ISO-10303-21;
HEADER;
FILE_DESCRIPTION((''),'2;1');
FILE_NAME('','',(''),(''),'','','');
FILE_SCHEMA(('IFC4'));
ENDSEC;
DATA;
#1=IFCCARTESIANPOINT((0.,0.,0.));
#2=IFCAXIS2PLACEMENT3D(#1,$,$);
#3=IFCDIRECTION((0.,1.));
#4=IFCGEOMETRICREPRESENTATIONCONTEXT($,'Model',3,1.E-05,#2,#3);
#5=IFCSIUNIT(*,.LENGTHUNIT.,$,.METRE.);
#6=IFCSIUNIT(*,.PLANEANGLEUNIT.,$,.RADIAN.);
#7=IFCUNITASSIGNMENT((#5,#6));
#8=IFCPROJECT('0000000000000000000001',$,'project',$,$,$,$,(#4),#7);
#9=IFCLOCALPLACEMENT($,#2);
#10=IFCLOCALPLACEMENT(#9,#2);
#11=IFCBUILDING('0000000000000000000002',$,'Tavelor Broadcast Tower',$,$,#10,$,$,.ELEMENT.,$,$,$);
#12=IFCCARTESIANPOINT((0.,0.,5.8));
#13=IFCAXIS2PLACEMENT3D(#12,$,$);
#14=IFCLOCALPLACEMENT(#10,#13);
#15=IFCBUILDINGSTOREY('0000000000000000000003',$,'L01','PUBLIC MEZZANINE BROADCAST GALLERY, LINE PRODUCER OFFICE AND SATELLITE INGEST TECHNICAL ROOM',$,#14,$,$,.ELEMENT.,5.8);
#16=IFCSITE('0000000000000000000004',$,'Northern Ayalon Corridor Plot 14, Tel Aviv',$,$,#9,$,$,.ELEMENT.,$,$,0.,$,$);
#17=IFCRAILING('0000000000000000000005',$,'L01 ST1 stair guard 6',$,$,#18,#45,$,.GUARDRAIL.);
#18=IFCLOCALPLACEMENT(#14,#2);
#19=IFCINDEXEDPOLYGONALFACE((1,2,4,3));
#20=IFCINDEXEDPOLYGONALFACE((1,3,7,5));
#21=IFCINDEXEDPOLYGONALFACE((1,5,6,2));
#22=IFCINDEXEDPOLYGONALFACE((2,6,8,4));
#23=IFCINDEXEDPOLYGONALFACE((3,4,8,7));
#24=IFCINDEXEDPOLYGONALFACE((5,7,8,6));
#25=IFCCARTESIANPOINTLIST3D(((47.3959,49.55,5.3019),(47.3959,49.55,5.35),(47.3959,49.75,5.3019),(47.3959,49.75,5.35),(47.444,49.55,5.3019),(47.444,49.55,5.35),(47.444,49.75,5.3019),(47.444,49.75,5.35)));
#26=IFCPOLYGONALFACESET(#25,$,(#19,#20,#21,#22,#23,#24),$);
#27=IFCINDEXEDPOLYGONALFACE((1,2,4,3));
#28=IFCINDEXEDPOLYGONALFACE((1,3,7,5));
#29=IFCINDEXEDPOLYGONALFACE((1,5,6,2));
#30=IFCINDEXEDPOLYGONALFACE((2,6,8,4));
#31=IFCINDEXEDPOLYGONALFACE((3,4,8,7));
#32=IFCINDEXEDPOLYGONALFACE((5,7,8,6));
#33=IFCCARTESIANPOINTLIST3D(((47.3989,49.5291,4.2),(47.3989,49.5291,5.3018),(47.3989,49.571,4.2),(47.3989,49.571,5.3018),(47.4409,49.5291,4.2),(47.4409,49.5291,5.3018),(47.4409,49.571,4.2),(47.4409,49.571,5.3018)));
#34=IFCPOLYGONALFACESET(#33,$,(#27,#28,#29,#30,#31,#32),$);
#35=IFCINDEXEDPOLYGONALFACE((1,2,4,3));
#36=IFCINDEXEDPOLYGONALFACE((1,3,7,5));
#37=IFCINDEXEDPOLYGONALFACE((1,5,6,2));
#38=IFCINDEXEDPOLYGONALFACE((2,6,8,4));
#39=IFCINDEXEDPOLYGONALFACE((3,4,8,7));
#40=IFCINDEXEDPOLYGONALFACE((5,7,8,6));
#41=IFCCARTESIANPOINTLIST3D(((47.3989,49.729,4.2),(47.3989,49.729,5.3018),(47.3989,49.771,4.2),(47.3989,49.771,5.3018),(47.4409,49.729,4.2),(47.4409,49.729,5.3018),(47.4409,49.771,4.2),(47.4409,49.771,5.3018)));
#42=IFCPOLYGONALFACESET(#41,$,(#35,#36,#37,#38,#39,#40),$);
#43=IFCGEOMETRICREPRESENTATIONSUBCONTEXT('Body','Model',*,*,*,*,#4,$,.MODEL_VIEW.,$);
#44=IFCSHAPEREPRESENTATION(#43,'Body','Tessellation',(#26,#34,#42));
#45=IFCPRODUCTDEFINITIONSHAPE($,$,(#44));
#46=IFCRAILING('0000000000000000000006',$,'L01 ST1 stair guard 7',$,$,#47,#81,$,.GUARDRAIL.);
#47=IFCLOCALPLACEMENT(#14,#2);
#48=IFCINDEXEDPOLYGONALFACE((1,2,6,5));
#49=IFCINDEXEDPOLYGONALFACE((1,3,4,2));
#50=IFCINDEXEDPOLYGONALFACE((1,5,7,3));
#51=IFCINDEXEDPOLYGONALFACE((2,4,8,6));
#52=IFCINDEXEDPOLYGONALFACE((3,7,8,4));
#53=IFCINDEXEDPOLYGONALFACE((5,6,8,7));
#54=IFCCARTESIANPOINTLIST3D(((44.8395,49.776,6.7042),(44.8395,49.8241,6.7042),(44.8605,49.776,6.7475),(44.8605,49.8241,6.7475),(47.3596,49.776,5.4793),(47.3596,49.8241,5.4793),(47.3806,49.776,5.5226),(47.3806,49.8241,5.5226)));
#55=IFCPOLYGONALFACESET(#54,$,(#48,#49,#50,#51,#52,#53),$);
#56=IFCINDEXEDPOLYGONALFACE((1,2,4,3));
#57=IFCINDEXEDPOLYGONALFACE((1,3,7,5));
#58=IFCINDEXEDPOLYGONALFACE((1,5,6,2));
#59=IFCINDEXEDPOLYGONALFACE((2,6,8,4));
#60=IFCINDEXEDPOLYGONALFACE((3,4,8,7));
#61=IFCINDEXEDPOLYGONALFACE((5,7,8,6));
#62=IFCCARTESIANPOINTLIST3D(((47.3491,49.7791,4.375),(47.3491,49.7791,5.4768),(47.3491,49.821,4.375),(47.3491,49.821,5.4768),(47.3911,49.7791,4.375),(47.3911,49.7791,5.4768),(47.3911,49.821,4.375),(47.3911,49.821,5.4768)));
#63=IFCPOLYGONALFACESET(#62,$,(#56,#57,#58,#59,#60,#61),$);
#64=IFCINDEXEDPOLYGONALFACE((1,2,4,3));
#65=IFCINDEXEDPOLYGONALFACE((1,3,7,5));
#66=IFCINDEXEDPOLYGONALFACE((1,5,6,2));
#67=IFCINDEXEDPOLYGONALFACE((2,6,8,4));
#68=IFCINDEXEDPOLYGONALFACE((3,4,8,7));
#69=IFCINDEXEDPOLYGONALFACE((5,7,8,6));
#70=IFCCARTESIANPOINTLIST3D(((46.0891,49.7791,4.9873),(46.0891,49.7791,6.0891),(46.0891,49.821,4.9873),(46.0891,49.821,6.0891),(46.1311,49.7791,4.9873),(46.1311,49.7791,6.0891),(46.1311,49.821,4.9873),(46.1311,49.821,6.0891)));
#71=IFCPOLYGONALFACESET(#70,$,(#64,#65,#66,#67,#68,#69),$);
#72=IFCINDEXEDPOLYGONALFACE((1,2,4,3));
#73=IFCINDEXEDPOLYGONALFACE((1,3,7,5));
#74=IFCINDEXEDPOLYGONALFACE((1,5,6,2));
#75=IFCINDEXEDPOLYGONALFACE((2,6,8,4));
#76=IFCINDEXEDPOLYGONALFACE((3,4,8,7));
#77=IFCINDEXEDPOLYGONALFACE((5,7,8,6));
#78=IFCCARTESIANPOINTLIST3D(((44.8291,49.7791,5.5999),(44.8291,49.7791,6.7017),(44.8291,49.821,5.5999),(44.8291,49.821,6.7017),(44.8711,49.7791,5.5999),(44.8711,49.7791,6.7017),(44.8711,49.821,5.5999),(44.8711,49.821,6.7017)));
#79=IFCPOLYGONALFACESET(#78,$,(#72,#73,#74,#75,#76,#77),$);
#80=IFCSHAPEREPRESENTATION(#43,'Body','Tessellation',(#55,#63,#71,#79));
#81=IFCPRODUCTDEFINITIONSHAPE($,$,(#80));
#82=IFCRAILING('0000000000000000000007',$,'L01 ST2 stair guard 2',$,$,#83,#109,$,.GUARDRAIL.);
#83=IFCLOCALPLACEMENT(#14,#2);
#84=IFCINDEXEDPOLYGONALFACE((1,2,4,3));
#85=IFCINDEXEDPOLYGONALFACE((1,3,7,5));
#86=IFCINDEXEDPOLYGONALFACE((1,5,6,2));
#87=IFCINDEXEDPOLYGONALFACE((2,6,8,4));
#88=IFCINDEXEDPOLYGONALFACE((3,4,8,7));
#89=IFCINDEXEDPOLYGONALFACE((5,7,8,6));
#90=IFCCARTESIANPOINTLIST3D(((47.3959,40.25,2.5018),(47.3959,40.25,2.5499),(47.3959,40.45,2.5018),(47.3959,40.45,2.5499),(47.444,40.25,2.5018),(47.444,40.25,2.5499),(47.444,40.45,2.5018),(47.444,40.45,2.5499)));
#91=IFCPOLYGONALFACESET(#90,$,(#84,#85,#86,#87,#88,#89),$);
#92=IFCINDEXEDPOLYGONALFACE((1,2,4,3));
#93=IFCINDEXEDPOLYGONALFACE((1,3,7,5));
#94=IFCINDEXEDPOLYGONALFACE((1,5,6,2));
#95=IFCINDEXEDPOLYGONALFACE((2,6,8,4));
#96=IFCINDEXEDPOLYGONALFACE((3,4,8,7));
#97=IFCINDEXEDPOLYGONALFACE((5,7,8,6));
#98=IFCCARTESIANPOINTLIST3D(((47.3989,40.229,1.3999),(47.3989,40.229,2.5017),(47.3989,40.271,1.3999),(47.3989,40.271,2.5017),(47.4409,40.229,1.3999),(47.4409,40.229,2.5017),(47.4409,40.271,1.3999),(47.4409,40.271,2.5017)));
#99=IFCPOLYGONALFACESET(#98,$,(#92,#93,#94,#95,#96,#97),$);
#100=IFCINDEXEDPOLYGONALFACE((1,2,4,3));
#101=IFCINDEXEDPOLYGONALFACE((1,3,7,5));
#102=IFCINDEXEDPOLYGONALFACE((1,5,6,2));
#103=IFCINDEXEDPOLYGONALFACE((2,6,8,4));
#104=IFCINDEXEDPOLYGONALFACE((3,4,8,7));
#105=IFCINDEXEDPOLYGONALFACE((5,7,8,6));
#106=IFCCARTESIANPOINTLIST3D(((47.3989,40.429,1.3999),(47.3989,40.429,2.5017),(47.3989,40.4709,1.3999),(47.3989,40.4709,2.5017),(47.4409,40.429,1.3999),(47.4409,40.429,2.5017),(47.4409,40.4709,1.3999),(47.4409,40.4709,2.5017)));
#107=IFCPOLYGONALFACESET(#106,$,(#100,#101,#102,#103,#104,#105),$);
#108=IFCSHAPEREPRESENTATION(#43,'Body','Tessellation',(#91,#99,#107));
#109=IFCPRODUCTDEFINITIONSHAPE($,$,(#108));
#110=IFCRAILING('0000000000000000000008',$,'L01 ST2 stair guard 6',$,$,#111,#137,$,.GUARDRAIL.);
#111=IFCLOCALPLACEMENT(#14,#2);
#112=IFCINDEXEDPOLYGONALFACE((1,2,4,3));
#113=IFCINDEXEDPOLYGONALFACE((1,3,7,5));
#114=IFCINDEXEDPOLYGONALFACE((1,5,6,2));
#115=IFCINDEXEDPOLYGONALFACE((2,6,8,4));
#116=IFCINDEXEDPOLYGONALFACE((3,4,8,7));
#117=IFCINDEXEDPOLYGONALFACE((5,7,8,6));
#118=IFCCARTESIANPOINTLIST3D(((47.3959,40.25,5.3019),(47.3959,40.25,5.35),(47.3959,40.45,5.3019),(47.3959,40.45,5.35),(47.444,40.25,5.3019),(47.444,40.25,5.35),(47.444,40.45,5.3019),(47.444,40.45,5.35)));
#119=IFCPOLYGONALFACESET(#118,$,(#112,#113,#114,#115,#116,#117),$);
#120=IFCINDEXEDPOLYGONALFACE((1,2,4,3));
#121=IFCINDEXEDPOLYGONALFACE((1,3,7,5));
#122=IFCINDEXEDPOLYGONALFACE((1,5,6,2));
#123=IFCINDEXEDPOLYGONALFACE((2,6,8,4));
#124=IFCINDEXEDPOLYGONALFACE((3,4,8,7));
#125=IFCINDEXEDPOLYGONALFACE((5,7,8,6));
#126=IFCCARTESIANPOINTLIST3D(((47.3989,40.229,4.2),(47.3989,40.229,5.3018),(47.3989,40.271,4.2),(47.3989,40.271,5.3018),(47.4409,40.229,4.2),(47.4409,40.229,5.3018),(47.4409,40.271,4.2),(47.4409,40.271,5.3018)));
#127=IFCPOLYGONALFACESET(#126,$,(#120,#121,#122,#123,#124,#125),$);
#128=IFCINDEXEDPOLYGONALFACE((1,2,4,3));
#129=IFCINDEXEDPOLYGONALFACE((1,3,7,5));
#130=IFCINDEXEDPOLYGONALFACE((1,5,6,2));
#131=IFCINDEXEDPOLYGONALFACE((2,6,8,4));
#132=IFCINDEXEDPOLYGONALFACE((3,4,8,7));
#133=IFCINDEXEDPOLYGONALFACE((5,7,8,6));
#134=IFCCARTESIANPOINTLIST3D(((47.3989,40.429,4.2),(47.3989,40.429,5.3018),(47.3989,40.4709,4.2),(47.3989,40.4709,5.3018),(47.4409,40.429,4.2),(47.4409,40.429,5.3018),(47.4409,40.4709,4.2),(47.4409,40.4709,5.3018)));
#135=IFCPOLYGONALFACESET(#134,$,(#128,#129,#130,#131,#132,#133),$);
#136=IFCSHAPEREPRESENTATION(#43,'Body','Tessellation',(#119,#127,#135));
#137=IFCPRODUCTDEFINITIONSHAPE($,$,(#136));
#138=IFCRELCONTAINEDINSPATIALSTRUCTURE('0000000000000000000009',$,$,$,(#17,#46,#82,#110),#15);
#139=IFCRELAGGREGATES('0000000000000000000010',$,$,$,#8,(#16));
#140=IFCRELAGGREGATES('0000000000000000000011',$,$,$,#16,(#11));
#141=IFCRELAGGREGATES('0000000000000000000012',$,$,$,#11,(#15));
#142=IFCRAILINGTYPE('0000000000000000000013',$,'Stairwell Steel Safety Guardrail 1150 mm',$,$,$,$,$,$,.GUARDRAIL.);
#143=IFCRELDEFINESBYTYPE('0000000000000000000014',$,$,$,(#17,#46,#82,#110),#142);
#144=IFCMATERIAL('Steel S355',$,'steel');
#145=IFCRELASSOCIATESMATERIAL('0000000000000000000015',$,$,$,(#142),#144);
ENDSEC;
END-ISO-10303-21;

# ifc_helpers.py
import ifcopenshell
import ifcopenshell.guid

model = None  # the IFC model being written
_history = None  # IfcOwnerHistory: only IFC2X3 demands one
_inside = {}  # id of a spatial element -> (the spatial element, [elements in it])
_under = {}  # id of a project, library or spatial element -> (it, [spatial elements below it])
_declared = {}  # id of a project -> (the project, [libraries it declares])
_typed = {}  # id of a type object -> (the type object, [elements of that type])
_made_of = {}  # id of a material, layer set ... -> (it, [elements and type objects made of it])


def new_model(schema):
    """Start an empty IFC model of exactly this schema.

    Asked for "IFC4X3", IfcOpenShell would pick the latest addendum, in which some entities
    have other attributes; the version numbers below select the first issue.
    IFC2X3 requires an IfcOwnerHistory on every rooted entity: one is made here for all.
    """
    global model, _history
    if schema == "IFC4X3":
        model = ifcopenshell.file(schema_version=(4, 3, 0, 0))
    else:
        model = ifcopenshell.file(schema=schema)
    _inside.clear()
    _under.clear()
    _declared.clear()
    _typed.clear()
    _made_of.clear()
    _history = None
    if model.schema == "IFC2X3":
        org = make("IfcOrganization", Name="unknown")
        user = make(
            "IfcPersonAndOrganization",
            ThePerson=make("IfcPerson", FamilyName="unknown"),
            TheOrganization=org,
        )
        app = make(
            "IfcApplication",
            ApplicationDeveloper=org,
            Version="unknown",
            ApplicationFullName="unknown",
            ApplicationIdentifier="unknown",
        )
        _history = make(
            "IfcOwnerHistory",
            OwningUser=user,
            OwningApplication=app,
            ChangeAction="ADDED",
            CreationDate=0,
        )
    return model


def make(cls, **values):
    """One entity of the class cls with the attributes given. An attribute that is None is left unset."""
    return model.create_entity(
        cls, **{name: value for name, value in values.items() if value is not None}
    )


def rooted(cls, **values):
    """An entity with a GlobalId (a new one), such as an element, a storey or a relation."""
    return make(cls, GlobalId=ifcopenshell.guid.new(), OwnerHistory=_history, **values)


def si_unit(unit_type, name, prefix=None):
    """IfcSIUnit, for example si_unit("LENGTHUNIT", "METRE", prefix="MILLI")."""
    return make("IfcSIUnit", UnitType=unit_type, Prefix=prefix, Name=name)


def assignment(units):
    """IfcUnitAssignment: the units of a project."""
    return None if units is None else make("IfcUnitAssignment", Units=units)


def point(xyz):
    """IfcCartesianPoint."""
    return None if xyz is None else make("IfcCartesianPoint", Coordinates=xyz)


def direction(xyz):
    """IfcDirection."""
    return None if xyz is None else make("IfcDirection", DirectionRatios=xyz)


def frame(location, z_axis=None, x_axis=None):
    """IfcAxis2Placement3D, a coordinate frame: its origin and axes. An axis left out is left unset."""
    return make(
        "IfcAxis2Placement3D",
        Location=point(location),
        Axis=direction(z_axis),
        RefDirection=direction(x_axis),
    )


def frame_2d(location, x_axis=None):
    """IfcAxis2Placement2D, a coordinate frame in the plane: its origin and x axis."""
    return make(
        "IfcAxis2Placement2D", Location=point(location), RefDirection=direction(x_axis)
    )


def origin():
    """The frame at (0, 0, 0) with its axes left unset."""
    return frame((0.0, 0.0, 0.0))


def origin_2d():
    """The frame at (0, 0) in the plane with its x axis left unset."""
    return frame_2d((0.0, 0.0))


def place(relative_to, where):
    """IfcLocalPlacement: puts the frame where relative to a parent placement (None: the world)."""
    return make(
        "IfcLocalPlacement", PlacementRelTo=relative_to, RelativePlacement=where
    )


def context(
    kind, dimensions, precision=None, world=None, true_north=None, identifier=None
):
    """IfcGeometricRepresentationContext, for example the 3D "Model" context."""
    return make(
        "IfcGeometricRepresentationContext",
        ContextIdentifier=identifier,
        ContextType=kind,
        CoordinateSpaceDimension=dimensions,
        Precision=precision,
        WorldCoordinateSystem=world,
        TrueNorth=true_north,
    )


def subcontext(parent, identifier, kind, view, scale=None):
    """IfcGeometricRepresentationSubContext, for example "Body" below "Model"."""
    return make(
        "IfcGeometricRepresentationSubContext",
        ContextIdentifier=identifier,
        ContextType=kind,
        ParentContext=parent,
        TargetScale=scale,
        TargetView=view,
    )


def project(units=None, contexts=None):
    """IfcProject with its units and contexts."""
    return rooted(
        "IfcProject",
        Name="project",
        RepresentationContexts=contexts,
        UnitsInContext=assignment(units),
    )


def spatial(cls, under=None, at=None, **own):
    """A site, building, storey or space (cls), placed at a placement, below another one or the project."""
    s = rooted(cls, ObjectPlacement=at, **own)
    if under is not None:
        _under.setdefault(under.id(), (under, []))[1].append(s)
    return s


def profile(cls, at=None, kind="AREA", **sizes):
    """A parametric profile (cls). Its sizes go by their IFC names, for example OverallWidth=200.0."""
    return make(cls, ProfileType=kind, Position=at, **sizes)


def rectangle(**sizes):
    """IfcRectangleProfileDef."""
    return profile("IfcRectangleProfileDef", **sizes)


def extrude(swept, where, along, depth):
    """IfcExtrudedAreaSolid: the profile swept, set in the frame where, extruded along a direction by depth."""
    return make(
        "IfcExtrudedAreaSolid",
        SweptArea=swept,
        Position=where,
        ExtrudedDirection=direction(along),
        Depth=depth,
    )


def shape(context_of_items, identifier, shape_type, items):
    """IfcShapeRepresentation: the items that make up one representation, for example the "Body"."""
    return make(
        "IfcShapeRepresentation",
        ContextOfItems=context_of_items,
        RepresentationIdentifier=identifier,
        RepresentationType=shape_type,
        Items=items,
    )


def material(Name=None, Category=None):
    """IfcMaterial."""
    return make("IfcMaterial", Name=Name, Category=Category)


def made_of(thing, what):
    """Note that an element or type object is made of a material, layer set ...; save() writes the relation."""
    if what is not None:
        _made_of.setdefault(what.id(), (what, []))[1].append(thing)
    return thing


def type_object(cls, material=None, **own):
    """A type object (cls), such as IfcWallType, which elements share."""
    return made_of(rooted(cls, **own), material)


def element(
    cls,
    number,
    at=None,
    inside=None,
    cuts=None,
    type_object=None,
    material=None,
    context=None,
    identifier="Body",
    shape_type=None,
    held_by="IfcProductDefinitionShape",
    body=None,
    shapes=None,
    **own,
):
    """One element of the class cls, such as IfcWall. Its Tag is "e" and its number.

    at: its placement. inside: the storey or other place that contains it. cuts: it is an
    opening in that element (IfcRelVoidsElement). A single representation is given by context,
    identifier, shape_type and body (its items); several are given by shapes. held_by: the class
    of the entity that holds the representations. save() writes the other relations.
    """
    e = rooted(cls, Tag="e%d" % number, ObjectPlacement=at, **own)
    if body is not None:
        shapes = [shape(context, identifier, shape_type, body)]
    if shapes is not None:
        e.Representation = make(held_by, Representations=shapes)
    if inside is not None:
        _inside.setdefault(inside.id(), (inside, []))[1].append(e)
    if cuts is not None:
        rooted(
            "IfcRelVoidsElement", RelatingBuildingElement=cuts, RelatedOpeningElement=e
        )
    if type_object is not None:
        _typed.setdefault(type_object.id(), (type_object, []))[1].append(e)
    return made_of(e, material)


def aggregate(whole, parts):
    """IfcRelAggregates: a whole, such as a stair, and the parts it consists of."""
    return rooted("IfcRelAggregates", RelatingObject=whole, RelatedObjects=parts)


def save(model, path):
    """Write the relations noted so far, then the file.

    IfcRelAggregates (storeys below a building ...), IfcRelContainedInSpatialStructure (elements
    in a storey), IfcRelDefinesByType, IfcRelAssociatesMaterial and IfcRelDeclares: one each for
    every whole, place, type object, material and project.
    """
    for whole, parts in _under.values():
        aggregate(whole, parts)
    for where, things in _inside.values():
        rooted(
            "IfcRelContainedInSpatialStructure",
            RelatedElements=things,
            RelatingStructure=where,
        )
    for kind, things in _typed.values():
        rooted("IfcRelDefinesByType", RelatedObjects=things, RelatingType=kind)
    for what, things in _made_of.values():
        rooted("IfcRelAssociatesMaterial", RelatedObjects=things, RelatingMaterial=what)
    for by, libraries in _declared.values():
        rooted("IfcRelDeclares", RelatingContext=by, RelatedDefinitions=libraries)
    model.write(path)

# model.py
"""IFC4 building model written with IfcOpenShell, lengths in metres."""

from ifc_helpers import new_model, si_unit, direction, frame, origin, origin_2d, place, context, subcontext, project, spatial, rectangle, extrude, material, type_object, element, save


model = new_model("IFC4")

# Units and contexts
model_context = context("Model", 3, precision=1e-05, world=origin(), true_north=direction((0.0, 1.0)))
body_context = subcontext(model_context, "Body", "Model", "MODEL_VIEW")
ifc_project = project(units=[si_unit("LENGTHUNIT", "METRE"), si_unit("PLANEANGLEUNIT", "RADIAN")], contexts=[model_context])

# Site, building, storey
site_placement = place(None, origin())
site = spatial("IfcSite", under=ifc_project, at=site_placement, Name="Northern Ayalon Corridor Plot 14, Tel Aviv", CompositionType="ELEMENT", RefElevation=0.0)
building_placement = place(site_placement, origin())
building = spatial("IfcBuilding", under=site, at=building_placement, Name="Tavelor Broadcast Tower", CompositionType="ELEMENT")
storey_placement = place(building_placement, frame((0.0, 0.0, 5.8)))
storey = spatial("IfcBuildingStorey", under=building, at=storey_placement, Name="L01", Description="PUBLIC MEZZANINE BROADCAST GALLERY, LINE PRODUCER OFFICE AND SATELLITE INGEST TECHNICAL ROOM", CompositionType="ELEMENT", Elevation=5.8)

# Shared definitions
ifc_material_1 = material(Name="Steel S355", Category="steel")

# Railings
railing_type_1 = type_object("IfcRailingType", Name="Stairwell Steel Safety Guardrail 1150 mm", PredefinedType="GUARDRAIL", material=ifc_material_1)
railing_1_placement = place(storey_placement, frame((47.4199, 49.55, 4.2)))
element("IfcRailing", 1, at=railing_1_placement, inside=storey, type_object=railing_type_1, Name="L01 ST1 stair guard 6", PredefinedType="GUARDRAIL", context=body_context, shape_type="SweptSolid", body=[
    extrude(rectangle(XDim=0.0481, YDim=0.0481, at=origin_2d()), frame((0.0, 0.0, 1.126), z_axis=(0.0, 1.0, 0.0), x_axis=(-1.0, 0.0, 0.0)), (0.0, 0.0, 1.0), 0.2),
    extrude(rectangle(XDim=0.042, YDim=0.042, at=origin_2d()), origin(), (0.0, 0.0, 1.0), 1.1018),
    extrude(rectangle(XDim=0.042, YDim=0.042, at=origin_2d()), frame((0.0, 0.2, 0.0)), (0.0, 0.0, 1.0), 1.1018),
])
railing_2_placement = place(storey_placement, frame((47.3701, 49.8, 4.375)))
element("IfcRailing", 2, at=railing_2_placement, inside=storey, type_object=railing_type_1, Name="L01 ST1 stair guard 7", PredefinedType="GUARDRAIL", context=body_context, shape_type="SweptSolid", body=[
    extrude(rectangle(XDim=0.0481, YDim=0.0481, at=origin_2d()), frame((0.0, 0.0, 1.126), z_axis=(-0.89939, 0.0, 0.437148), x_axis=(0.0, -1.0, 0.0)), (0.0, 0.0, 1.0), 2.802),
    extrude(rectangle(XDim=0.042, YDim=0.042, at=origin_2d()), origin(), (0.0, 0.0, 1.0), 1.1018),
    extrude(rectangle(XDim=0.042, YDim=0.042, at=origin_2d()), frame((-1.26, 0.0, 0.6123)), (0.0, 0.0, 1.0), 1.1018),
    extrude(rectangle(XDim=0.042, YDim=0.042, at=origin_2d()), frame((-2.52, 0.0, 1.2249)), (0.0, 0.0, 1.0), 1.1018),
])
for number, where, name in (
    (3, (47.4199, 40.25, 1.3999), "L01 ST2 stair guard 2"),
    (4, (47.4199, 40.25, 4.2), "L01 ST2 stair guard 6"),
):
    element("IfcRailing", number, at=place(storey_placement, frame(where)), inside=storey, type_object=railing_type_1, Name=name, PredefinedType="GUARDRAIL", context=body_context, shape_type="SweptSolid", body=[
        extrude(rectangle(XDim=0.0481, YDim=0.0481, at=origin_2d()), frame((0.0, 0.0, 1.126), z_axis=(0.0, 1.0, 0.0), x_axis=(-1.0, 0.0, 0.0)), (0.0, 0.0, 1.0), 0.2),
        extrude(rectangle(XDim=0.042, YDim=0.042, at=origin_2d()), origin(), (0.0, 0.0, 1.0), 1.1018),
        extrude(rectangle(XDim=0.042, YDim=0.042, at=origin_2d()), frame((0.0, 0.2, 0.0)), (0.0, 0.0, 1.0), 1.1018),
    ])

save(model, "model.ifc")
